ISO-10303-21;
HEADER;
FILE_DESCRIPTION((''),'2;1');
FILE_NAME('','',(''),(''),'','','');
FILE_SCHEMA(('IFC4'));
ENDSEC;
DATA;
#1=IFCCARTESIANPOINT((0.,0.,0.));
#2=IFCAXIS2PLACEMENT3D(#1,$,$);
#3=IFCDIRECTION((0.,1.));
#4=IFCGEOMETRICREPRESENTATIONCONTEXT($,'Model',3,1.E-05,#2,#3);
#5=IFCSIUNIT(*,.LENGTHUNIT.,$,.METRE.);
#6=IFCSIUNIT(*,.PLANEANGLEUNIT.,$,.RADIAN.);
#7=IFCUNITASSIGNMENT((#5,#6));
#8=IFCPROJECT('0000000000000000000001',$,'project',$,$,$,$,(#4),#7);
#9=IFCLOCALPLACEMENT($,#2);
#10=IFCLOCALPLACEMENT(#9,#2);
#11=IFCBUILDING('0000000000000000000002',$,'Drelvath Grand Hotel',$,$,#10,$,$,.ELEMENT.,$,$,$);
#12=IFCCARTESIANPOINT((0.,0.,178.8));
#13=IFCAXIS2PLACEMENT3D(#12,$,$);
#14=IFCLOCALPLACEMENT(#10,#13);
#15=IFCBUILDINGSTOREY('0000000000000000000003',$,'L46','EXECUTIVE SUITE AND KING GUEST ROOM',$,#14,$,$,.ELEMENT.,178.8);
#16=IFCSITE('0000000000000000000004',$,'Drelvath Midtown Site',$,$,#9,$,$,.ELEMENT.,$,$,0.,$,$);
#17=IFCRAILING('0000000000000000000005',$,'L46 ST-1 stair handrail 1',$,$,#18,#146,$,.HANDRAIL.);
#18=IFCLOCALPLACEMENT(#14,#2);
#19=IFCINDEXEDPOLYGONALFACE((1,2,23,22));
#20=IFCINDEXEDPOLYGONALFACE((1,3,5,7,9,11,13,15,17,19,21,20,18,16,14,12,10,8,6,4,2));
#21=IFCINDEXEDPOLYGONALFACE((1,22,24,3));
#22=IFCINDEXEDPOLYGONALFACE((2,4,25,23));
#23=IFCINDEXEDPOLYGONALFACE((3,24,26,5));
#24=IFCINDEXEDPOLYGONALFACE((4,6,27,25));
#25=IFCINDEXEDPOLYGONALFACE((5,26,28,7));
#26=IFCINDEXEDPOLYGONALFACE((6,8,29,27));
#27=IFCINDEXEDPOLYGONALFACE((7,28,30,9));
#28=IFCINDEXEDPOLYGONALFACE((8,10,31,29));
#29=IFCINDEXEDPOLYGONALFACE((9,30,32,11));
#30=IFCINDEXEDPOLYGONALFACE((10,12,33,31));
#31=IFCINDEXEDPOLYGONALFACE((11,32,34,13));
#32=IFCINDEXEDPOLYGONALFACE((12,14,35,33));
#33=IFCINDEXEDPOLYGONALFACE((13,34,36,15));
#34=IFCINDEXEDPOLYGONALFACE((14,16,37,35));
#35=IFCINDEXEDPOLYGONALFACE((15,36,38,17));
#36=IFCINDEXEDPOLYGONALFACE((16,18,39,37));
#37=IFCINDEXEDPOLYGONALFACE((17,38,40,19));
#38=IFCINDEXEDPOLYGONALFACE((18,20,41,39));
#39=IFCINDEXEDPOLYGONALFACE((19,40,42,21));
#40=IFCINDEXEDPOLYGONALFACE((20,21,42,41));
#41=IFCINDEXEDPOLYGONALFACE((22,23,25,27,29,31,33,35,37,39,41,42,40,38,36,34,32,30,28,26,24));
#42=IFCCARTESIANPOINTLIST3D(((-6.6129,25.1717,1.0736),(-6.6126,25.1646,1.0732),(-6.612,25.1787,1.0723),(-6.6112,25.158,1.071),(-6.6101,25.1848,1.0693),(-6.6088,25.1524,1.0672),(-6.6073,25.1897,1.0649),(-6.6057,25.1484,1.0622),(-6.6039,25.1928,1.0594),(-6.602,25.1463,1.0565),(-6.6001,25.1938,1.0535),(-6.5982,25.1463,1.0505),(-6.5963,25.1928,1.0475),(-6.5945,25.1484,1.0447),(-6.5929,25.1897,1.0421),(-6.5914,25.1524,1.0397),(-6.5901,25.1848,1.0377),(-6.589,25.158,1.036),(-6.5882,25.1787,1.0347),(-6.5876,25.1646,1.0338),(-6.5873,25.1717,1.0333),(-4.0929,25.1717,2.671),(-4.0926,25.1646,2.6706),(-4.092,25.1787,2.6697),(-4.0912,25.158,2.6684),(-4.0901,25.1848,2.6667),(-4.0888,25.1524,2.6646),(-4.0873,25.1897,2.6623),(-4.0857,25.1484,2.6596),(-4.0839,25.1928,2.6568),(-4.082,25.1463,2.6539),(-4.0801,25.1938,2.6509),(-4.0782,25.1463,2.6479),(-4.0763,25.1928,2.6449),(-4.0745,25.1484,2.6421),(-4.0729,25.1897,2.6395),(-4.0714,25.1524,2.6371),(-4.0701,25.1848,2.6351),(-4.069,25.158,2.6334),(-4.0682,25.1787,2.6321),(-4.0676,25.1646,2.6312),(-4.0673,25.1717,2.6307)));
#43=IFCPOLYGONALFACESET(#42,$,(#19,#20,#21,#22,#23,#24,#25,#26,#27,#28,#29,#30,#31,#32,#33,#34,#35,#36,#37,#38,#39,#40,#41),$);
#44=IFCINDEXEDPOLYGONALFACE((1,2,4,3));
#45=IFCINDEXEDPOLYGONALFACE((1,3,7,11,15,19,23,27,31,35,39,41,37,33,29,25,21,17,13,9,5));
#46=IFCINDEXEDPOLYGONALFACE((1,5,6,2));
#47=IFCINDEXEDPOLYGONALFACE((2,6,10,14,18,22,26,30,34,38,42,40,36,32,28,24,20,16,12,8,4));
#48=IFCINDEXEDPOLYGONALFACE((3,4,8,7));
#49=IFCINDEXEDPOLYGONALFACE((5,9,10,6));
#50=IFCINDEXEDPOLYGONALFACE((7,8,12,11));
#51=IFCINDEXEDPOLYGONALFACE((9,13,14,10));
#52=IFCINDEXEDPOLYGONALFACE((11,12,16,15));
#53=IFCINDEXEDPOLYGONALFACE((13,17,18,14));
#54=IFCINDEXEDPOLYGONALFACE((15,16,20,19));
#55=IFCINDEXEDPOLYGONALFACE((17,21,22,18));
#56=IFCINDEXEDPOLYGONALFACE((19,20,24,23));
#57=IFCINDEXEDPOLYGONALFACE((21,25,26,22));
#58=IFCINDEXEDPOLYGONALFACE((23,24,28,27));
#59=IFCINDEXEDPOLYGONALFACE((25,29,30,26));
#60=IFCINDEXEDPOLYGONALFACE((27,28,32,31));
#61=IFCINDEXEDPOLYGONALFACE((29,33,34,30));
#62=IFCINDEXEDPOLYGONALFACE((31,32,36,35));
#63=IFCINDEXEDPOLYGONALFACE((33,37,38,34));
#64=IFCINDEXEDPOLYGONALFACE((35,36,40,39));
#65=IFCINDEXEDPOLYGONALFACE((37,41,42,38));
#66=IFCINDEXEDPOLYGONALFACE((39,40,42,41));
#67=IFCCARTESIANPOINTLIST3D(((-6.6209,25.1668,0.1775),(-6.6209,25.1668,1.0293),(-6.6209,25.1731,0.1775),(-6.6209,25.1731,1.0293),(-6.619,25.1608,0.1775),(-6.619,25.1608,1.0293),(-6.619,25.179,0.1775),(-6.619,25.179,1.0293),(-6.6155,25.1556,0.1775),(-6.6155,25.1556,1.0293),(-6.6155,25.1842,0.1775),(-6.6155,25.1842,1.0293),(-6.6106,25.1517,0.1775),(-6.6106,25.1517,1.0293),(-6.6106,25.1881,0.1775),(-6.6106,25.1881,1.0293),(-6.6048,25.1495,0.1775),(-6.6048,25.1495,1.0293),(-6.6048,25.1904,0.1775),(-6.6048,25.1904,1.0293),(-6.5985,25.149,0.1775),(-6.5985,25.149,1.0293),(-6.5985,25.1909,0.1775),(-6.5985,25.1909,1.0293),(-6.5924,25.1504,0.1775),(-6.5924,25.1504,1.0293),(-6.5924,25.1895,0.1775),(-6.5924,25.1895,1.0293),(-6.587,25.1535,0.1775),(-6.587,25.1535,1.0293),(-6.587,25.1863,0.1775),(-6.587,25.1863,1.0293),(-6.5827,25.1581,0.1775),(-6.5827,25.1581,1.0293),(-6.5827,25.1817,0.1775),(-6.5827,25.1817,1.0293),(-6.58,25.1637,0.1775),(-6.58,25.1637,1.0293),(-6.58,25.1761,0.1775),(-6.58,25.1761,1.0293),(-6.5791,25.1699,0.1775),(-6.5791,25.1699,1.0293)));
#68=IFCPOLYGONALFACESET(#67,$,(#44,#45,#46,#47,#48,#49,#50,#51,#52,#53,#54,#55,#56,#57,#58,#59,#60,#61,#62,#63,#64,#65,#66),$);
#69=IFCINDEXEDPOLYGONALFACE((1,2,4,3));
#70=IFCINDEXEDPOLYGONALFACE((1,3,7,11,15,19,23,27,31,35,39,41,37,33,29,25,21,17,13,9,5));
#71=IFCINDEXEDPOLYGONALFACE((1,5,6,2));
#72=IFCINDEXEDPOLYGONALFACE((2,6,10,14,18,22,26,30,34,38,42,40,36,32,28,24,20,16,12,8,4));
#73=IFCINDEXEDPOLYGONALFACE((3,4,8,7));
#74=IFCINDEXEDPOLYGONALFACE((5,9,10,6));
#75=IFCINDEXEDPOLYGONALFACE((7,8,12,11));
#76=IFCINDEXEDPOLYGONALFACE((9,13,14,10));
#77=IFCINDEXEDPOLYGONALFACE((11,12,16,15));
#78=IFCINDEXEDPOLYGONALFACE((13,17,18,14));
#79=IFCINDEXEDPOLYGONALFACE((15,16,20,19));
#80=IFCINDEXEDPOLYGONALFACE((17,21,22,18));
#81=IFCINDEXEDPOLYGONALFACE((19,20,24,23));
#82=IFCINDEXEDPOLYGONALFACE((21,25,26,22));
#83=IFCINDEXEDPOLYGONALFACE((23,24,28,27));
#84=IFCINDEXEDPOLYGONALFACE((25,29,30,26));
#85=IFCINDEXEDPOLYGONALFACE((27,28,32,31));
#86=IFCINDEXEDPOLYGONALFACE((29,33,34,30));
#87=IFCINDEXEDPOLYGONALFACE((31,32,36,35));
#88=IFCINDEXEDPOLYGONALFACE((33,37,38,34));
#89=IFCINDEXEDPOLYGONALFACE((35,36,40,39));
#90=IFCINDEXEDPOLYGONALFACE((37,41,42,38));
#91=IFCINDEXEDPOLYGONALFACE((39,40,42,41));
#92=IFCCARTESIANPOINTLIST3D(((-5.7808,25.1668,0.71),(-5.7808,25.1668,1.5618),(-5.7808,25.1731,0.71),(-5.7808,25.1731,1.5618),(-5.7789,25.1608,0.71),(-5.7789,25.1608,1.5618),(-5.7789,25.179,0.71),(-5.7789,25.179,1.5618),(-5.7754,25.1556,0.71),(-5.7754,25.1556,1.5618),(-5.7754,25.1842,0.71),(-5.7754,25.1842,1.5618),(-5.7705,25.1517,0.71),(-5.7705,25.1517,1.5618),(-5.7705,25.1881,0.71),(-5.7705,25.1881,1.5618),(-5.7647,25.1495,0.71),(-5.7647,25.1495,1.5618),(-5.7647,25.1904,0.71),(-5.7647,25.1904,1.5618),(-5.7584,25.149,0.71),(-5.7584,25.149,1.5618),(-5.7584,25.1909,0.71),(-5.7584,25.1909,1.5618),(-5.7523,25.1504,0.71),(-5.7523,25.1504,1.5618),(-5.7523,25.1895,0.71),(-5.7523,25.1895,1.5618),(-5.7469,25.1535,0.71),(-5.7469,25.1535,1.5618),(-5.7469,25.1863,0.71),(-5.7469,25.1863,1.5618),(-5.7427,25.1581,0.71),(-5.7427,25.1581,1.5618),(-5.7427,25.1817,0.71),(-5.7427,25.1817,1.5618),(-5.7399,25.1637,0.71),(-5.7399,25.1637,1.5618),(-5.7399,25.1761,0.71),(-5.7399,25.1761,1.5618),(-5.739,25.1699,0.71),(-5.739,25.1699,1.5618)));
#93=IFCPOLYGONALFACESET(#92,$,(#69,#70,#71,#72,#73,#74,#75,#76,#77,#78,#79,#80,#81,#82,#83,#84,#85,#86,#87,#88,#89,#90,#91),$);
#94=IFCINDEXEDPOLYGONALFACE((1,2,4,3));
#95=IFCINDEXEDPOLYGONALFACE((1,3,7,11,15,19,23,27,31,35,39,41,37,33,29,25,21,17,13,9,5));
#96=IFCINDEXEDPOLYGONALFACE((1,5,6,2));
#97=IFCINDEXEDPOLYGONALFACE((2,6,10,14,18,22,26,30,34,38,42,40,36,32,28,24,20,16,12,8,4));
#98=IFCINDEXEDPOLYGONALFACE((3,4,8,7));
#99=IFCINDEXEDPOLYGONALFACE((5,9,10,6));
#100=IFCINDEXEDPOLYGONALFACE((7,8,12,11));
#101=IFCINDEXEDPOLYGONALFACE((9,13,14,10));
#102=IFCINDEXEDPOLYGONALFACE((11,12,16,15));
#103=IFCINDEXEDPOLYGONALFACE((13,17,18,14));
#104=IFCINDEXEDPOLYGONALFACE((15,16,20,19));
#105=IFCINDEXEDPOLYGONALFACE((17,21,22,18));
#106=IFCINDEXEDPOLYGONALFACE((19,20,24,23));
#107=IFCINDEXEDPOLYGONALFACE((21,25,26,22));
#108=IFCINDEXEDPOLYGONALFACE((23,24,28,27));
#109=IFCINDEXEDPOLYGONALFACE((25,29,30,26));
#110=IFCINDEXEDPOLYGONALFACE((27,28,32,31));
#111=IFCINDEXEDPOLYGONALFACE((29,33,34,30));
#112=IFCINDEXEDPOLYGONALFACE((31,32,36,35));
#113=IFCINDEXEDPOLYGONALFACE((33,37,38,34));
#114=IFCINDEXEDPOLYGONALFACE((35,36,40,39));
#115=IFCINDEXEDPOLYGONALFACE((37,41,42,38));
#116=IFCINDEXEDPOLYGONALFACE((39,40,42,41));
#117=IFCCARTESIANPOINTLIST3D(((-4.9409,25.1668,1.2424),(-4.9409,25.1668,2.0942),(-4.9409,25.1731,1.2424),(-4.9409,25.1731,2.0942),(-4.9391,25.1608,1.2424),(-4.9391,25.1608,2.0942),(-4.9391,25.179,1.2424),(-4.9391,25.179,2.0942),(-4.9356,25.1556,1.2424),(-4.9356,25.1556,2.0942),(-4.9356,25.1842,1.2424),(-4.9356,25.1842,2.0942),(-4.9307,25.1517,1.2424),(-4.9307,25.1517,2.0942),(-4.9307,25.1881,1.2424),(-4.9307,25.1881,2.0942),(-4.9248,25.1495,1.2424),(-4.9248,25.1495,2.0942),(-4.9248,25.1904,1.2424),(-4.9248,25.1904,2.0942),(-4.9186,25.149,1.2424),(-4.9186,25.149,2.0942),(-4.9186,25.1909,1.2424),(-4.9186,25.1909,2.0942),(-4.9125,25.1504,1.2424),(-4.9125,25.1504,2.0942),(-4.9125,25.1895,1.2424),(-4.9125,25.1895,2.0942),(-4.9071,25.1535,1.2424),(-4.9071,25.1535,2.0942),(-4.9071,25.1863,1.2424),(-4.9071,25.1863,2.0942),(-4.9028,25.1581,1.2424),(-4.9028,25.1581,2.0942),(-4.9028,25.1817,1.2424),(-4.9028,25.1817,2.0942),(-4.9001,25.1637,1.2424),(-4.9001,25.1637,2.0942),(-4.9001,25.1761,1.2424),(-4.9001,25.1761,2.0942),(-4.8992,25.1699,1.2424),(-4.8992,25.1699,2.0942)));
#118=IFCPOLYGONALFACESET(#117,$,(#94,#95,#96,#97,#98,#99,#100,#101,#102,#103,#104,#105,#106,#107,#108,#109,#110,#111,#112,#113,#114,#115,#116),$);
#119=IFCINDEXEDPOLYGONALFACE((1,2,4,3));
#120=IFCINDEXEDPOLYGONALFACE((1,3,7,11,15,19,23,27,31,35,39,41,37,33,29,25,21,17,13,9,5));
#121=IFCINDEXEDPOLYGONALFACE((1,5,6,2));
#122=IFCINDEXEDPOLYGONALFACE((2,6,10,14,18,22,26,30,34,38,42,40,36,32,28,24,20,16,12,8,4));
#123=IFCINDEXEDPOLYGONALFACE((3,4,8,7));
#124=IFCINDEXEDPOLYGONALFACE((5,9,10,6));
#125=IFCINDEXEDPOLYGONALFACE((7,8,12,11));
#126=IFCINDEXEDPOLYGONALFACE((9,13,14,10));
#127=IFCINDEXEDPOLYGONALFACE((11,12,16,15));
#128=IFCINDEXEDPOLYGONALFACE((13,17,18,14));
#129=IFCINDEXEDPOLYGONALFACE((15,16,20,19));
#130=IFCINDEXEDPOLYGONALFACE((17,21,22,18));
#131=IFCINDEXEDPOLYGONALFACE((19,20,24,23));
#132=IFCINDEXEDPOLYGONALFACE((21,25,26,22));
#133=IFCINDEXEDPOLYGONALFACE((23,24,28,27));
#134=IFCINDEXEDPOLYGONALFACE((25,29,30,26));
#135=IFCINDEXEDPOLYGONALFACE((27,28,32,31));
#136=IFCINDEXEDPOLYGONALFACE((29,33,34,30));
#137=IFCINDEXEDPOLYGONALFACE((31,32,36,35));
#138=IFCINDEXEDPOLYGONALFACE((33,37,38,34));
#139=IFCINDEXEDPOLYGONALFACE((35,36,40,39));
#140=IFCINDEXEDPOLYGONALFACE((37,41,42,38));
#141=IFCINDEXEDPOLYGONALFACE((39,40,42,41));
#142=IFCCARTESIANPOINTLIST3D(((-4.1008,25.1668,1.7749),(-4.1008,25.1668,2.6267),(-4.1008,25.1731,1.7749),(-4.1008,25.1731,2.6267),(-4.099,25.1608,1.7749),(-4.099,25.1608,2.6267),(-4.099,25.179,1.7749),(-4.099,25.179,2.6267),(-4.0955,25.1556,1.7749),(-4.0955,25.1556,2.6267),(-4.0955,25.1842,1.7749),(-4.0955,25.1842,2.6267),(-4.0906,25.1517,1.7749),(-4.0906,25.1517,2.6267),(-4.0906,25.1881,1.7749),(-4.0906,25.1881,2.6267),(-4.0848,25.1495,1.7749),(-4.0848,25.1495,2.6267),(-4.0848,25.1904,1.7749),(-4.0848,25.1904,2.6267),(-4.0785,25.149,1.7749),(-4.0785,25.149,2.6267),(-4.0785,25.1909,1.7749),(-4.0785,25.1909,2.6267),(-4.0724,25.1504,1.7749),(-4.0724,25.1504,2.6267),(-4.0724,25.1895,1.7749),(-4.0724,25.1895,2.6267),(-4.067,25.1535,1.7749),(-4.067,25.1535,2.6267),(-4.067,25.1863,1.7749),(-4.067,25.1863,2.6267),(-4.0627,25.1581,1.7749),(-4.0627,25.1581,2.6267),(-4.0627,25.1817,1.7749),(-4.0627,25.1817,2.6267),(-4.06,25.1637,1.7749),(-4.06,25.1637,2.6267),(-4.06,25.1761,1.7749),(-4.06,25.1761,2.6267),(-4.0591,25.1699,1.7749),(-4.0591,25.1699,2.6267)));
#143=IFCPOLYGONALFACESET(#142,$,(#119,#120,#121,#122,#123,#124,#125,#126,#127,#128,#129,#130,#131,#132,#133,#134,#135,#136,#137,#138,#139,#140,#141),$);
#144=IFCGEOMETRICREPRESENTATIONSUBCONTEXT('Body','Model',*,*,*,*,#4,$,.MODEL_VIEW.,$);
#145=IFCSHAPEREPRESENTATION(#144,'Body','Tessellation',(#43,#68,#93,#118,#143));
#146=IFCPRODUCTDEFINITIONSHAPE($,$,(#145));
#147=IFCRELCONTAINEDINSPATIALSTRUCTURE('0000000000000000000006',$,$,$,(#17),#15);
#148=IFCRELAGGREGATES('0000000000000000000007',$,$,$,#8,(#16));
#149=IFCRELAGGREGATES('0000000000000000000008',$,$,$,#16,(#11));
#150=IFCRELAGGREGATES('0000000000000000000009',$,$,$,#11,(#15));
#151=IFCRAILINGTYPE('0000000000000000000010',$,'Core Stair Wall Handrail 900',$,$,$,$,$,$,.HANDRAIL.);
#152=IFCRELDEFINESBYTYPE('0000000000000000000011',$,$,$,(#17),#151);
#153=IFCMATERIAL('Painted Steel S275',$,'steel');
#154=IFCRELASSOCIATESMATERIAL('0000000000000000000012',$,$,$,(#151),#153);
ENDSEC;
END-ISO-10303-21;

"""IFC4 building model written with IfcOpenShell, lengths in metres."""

from ifc_helpers import new_model, si_unit, direction, frame, origin, origin_2d, place, context, subcontext, project, spatial, circle, extrude, material, type_object, element, save


model = new_model("IFC4")

# Units and contexts
model_context = context("Model", 3, precision=1e-05, world=origin(), true_north=direction((0.0, 1.0)))
body_context = subcontext(model_context, "Body", "Model", "MODEL_VIEW")
ifc_project = project(units=[si_unit("LENGTHUNIT", "METRE"), si_unit("PLANEANGLEUNIT", "RADIAN")], contexts=[model_context])

# Site, building, storey
site_placement = place(None, origin())
site = spatial("IfcSite", under=ifc_project, at=site_placement, Name="Drelvath Midtown Site", CompositionType="ELEMENT", RefElevation=0.0)
building_placement = place(site_placement, origin())
building = spatial("IfcBuilding", under=site, at=building_placement, Name="Drelvath Grand Hotel", CompositionType="ELEMENT")
storey_placement = place(building_placement, frame((0.0, 0.0, 178.8)))
storey = spatial("IfcBuildingStorey", under=building, at=storey_placement, Name="L46", Description="EXECUTIVE SUITE AND KING GUEST ROOM", CompositionType="ELEMENT", Elevation=178.8)

# Shared definitions
ifc_material_1 = material(Name="Painted Steel S275", Category="steel")

# Railing
railing_type_1 = type_object("IfcRailingType", Name="Core Stair Wall Handrail 900", PredefinedType="HANDRAIL", material=ifc_material_1)
railing_1_placement = place(storey_placement, frame((-6.6001, 25.1699, 0.1775)))
element("IfcRailing", 1, at=railing_1_placement, inside=storey, type_object=railing_type_1, Name="L46 ST-1 stair handrail 1", PredefinedType="HANDRAIL", context=body_context, shape_type="SweptSolid", body=[
    extrude(circle(Radius=0.0239, at=origin_2d()), frame((0.0, 0.0, 0.876), z_axis=(0.844607, 0.0, 0.535387), x_axis=(0.0, 1.0, 0.0)), (0.0, 0.0, 1.0), 2.9836),
    extrude(circle(Radius=0.021, at=origin_2d()), origin(), (0.0, 0.0, 1.0), 0.8518),
    extrude(circle(Radius=0.021, at=origin_2d()), frame((0.8401, 0.0, 0.5325)), (0.0, 0.0, 1.0), 0.8518),
    extrude(circle(Radius=0.021, at=origin_2d()), frame((1.6799, 0.0, 1.0649)), (0.0, 0.0, 1.0), 0.8518),
    extrude(circle(Radius=0.021, at=origin_2d()), frame((2.52, 0.0, 1.5974)), (0.0, 0.0, 1.0), 0.8518),
])

save(model, "model.ifc")
